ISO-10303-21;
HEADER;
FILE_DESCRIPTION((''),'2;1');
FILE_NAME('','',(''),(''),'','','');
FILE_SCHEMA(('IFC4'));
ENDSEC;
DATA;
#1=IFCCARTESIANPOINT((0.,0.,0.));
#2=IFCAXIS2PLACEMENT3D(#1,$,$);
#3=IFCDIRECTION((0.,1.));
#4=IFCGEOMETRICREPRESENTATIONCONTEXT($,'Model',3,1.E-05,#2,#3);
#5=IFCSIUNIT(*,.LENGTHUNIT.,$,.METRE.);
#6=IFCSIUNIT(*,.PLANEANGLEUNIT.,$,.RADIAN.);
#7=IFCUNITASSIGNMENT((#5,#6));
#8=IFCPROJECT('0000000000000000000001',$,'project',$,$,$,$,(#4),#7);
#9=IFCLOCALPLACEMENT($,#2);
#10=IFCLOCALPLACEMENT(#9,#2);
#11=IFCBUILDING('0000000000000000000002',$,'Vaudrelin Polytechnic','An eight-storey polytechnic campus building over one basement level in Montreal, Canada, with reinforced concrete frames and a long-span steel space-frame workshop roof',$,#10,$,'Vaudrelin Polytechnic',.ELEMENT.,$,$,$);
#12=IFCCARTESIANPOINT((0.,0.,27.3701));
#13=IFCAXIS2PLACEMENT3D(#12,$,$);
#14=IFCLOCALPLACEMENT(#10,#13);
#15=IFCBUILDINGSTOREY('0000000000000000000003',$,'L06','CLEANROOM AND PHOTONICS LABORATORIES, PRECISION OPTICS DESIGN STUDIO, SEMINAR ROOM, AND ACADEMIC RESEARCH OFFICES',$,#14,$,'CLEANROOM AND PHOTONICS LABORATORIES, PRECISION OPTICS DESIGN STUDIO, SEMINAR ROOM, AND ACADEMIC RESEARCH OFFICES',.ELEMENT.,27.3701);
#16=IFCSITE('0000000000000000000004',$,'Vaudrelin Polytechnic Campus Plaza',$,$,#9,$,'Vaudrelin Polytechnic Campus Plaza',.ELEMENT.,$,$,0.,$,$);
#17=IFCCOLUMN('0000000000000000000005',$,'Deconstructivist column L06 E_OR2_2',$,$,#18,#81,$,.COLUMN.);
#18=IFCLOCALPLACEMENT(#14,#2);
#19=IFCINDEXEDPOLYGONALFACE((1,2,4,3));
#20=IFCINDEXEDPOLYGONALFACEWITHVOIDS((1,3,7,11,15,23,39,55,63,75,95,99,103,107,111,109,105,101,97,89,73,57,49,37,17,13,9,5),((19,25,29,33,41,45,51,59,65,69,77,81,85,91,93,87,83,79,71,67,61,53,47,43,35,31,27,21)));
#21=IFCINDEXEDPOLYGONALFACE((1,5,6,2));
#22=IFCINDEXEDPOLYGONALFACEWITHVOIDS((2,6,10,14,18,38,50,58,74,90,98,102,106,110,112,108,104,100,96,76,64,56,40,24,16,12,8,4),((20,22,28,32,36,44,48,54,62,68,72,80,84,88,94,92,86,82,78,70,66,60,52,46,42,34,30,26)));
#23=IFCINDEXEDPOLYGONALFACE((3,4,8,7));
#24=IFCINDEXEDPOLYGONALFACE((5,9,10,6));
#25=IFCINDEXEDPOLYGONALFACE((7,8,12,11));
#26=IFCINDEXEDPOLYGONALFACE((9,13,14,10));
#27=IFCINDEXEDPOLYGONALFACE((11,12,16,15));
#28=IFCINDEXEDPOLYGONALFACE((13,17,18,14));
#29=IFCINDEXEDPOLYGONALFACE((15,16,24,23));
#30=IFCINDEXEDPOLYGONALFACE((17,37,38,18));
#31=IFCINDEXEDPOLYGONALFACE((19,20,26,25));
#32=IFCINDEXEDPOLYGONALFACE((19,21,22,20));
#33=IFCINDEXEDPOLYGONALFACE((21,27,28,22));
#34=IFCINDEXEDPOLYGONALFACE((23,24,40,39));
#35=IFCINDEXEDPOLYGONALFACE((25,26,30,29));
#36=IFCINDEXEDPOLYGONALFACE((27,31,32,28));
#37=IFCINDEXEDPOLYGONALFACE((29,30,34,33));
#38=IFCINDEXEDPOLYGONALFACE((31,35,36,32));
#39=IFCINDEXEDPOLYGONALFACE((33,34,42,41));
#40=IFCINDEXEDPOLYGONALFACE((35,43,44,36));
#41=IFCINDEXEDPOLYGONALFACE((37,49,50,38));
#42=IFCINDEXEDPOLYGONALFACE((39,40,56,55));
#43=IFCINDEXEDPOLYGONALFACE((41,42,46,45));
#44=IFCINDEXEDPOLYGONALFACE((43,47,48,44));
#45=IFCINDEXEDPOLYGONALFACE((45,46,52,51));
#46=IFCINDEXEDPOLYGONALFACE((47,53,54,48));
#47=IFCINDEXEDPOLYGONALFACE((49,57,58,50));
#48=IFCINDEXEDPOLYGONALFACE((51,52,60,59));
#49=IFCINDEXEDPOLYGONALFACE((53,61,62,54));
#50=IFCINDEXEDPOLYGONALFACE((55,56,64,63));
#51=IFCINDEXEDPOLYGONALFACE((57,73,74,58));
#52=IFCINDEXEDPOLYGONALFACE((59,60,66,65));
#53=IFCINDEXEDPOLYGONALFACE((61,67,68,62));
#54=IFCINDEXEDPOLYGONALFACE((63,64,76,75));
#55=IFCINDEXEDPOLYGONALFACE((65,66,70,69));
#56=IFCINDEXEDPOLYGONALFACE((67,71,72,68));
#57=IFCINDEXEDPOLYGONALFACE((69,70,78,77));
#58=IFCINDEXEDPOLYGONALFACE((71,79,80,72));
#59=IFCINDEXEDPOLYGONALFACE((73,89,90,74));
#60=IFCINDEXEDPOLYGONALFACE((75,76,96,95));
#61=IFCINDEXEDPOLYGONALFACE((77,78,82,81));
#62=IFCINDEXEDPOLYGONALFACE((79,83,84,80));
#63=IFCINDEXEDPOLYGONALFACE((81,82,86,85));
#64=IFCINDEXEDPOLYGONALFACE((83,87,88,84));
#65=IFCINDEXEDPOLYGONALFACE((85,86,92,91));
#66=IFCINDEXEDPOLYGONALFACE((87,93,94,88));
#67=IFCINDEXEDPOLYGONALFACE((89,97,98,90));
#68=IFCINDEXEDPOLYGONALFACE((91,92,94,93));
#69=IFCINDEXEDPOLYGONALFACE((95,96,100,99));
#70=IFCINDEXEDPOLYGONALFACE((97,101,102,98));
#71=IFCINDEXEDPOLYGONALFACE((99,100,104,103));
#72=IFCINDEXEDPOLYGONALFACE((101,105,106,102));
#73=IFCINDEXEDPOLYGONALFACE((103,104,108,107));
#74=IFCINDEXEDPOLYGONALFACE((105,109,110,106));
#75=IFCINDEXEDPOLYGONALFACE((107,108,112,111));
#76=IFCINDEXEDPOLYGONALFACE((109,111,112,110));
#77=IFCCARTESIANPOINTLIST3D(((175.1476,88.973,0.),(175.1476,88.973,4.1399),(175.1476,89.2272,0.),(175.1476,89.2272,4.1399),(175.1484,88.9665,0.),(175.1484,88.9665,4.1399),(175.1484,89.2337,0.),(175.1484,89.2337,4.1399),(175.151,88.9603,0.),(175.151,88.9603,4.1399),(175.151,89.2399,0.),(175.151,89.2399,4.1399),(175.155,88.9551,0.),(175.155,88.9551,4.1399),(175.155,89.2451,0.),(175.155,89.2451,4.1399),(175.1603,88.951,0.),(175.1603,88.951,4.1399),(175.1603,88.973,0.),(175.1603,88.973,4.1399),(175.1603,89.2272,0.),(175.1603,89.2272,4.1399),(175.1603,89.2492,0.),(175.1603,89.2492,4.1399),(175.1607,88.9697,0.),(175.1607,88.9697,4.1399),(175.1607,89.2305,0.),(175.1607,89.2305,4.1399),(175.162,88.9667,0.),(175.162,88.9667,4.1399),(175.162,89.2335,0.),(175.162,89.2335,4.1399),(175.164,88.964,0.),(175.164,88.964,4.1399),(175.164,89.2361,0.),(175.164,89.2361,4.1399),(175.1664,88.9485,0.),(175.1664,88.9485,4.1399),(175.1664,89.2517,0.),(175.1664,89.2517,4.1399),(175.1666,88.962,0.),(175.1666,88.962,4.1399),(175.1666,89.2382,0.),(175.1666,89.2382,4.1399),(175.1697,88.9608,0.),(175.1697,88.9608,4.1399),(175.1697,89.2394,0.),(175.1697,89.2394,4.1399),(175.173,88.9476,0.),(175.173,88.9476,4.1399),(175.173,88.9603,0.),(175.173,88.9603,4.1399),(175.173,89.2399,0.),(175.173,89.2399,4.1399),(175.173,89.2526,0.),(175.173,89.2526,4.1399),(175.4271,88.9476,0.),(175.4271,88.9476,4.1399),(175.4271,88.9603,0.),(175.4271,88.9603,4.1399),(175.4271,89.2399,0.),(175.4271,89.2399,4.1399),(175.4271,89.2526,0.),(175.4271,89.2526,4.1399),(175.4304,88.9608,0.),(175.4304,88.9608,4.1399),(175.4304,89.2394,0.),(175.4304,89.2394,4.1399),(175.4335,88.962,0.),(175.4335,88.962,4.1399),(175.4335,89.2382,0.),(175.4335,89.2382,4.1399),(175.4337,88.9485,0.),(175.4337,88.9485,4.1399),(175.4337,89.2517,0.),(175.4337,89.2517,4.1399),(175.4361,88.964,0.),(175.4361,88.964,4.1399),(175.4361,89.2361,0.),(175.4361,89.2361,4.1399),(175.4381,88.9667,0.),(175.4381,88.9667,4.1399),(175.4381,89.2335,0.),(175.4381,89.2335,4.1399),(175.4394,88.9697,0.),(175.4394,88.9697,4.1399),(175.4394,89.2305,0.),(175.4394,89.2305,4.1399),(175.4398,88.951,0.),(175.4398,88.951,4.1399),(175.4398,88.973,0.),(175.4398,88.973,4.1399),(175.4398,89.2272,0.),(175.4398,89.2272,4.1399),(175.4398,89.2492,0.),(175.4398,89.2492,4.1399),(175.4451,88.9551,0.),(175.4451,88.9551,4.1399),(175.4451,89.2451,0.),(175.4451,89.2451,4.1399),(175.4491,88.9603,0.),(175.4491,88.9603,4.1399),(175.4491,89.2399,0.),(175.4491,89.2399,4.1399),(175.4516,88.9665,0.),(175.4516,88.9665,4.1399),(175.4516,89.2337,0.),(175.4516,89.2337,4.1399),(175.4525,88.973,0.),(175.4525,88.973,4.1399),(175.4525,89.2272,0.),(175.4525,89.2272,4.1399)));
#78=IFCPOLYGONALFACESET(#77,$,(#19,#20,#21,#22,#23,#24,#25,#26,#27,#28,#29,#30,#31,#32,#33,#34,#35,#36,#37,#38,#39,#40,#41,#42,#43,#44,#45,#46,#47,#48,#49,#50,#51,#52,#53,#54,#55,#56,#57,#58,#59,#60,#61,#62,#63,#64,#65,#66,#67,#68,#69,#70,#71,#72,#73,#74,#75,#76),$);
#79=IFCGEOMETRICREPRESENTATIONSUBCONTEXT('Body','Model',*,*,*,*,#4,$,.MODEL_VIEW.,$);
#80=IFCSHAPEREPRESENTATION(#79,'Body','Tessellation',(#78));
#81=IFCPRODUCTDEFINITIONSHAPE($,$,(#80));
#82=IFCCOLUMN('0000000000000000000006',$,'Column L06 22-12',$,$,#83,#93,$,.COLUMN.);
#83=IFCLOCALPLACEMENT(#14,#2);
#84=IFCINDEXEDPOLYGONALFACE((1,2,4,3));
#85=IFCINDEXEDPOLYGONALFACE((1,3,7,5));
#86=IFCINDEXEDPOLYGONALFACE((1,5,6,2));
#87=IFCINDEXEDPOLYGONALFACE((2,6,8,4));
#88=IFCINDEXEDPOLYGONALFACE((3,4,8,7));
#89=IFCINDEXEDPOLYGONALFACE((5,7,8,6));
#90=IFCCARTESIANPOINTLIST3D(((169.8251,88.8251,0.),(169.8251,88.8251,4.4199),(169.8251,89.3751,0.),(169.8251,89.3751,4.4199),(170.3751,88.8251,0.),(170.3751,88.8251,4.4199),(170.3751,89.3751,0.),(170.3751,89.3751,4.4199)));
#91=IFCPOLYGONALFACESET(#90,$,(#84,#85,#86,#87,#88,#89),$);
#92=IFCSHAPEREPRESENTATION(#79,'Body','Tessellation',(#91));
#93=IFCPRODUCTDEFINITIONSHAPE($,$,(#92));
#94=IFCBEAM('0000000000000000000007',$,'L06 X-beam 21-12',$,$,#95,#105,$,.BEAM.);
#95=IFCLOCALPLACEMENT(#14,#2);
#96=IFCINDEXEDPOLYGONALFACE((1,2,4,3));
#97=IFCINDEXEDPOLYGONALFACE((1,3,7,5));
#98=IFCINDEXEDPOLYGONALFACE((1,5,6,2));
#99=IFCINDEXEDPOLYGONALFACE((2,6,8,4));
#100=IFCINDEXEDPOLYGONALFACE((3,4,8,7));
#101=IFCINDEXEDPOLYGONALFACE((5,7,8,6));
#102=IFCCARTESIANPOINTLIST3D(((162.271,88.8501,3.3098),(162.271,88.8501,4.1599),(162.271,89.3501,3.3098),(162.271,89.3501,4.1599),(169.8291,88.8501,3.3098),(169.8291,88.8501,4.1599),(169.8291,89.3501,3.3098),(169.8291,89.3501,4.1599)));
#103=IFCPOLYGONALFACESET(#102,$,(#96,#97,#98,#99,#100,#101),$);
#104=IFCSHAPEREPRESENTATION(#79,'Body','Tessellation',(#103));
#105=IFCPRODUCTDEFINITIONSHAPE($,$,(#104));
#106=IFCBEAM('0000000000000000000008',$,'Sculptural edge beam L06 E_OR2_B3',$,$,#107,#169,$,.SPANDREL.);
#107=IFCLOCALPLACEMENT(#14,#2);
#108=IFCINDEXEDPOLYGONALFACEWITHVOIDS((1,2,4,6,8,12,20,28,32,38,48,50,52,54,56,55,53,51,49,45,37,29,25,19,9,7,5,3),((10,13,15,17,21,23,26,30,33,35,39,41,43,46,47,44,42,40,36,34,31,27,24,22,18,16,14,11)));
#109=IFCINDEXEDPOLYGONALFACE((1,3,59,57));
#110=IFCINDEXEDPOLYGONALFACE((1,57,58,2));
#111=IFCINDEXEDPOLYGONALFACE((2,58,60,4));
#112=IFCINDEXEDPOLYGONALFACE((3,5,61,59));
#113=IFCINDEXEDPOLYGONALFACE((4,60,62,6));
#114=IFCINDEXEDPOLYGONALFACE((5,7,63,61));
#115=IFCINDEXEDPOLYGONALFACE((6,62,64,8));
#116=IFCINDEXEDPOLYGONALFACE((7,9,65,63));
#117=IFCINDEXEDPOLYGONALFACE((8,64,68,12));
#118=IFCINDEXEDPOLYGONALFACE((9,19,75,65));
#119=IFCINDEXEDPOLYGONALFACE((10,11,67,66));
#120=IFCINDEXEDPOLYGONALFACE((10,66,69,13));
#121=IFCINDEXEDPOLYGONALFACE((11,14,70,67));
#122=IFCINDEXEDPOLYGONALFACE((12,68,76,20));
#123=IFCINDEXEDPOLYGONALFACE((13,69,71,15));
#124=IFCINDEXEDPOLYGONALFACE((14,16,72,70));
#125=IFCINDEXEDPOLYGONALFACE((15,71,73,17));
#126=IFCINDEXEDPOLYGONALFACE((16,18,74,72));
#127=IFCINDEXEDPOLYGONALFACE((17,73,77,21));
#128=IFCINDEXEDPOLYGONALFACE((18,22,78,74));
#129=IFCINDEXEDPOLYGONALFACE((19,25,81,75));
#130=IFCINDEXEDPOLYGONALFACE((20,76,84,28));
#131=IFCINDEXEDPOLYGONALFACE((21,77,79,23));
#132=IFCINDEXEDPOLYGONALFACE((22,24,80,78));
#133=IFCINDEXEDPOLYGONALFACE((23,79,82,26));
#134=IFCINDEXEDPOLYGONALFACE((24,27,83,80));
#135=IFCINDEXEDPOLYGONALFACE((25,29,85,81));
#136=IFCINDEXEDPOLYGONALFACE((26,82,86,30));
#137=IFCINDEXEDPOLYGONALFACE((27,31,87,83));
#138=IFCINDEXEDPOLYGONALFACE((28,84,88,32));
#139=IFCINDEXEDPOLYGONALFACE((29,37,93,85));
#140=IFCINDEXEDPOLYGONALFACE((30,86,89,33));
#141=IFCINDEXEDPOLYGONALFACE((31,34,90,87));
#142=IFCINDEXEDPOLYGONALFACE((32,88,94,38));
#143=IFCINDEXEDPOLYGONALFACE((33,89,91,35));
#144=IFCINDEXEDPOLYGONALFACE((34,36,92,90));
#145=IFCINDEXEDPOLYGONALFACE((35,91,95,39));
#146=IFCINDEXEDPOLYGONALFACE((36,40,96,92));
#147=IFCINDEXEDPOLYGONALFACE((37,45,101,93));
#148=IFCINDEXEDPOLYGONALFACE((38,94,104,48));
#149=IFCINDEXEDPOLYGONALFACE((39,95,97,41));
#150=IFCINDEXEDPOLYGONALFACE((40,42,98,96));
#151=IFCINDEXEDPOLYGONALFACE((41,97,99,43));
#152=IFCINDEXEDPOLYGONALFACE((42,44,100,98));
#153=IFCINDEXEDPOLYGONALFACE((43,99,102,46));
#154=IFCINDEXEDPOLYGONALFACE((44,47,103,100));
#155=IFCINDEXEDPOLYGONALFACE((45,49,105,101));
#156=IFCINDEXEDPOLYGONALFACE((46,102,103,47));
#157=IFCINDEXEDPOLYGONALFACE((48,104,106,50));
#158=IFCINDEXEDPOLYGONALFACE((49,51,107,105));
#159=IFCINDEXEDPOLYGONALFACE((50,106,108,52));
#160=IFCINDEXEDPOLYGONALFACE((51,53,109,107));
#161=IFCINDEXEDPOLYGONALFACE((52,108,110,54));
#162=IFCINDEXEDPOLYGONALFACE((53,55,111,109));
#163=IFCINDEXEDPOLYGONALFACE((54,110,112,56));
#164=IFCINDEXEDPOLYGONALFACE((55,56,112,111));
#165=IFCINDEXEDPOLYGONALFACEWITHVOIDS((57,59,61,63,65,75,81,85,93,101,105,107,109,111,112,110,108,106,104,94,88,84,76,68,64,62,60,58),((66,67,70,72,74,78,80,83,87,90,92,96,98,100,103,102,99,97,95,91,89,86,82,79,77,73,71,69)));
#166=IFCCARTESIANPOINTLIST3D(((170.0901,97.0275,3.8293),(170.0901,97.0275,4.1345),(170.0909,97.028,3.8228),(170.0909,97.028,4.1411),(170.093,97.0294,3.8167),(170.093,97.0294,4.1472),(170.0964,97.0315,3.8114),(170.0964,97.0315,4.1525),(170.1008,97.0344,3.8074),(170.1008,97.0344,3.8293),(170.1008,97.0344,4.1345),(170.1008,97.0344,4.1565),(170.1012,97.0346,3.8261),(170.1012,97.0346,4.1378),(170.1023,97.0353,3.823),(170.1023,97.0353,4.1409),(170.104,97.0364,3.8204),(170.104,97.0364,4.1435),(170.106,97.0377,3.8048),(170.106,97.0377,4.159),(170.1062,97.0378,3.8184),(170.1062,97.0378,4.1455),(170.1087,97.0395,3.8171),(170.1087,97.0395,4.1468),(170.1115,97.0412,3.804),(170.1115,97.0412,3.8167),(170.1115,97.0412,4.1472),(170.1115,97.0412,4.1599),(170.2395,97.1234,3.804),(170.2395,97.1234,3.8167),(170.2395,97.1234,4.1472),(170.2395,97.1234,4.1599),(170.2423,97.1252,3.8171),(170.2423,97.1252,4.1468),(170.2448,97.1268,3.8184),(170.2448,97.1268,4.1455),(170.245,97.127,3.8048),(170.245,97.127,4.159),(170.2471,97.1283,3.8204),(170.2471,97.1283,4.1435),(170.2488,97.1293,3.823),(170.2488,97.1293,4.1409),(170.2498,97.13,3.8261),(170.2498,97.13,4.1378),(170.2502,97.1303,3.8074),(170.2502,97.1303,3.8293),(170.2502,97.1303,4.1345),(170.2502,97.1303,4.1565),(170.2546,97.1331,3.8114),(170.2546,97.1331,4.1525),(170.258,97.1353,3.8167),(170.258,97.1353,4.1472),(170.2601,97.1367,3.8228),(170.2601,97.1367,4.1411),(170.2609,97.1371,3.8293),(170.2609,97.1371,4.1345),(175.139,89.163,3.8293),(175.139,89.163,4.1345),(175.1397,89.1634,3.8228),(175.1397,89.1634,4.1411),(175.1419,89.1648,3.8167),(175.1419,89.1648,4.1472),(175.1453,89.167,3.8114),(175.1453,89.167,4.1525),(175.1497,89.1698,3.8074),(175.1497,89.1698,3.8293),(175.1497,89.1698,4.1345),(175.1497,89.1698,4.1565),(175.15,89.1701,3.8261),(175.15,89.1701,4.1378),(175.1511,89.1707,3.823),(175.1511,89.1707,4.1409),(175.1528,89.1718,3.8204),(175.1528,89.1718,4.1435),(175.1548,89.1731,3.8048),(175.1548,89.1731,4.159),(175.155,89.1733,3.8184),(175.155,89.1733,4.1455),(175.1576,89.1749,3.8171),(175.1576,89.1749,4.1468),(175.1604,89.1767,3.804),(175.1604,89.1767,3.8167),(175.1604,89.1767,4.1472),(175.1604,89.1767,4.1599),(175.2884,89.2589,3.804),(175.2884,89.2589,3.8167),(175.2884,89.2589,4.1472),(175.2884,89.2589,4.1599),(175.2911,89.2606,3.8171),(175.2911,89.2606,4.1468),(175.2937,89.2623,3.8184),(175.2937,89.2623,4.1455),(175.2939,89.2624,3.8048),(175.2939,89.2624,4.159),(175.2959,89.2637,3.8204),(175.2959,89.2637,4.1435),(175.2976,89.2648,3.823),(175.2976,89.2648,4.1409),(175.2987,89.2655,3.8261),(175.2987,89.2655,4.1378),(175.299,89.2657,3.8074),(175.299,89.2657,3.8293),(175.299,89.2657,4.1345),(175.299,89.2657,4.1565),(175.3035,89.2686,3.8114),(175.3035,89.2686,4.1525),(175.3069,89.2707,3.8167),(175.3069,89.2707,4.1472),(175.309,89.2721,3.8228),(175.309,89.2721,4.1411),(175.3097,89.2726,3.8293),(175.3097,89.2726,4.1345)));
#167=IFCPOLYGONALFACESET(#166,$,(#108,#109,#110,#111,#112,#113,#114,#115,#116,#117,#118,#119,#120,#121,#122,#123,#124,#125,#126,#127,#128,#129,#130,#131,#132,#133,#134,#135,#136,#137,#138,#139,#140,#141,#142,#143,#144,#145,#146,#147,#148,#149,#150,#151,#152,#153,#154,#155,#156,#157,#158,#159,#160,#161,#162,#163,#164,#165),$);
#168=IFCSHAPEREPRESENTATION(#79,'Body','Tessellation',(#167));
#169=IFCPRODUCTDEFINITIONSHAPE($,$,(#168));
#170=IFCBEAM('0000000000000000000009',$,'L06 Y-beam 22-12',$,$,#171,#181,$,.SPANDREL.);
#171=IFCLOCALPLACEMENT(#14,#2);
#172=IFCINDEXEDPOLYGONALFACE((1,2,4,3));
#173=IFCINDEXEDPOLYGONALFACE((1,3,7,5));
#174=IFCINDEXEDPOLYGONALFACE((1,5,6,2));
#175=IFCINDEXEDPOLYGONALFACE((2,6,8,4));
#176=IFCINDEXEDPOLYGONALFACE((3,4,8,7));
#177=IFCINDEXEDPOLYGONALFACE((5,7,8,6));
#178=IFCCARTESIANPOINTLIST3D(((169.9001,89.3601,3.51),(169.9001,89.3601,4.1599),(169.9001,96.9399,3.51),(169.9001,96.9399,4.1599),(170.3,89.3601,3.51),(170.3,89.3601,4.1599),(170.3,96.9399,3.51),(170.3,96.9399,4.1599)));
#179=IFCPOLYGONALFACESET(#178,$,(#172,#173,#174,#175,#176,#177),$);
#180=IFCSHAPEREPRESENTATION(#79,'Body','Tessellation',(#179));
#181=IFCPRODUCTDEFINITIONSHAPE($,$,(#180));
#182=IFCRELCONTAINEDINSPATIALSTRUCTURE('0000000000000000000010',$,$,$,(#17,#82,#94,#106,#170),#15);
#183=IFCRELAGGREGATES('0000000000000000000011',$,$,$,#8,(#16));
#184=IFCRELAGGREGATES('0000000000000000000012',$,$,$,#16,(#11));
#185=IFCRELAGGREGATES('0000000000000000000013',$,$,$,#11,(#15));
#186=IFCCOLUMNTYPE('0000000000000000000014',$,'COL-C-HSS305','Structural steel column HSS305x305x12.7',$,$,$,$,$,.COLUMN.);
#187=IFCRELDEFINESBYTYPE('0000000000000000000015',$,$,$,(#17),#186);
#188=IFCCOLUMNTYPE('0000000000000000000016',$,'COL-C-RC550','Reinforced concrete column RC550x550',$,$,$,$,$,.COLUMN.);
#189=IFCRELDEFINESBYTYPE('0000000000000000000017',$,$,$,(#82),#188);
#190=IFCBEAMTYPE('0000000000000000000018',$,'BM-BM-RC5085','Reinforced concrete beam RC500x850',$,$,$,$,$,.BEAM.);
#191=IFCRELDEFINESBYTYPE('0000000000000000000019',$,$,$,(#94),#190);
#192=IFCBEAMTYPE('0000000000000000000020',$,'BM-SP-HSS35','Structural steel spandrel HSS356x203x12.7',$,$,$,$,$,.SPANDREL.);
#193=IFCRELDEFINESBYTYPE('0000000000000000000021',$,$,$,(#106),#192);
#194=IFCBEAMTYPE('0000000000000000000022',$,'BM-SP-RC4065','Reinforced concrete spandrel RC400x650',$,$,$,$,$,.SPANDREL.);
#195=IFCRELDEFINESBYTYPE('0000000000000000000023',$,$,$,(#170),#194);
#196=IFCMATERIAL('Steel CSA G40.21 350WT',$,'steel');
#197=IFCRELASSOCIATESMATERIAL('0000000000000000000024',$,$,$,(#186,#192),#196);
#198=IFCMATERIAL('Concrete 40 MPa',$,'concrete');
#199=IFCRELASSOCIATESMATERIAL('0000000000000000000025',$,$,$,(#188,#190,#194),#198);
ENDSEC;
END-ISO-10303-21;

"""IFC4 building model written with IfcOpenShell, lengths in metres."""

from ifc_helpers import new_model, si_unit, direction, frame, origin, origin_2d, place, context, subcontext, project, spatial, rectangle, hollow_rectangle, extrude, material, material_profile, profile_set, type_object, element, save


model = new_model("IFC4")

# Units and contexts
model_context = context("Model", 3, precision=1e-05, world=origin(), true_north=direction((0.0, 1.0)))
body_context = subcontext(model_context, "Body", "Model", "MODEL_VIEW")
ifc_project = project(units=[si_unit("LENGTHUNIT", "METRE"), si_unit("PLANEANGLEUNIT", "RADIAN")], contexts=[model_context])

# Site, building, storey
site_placement = place(None, origin())
site = spatial("IfcSite", under=ifc_project, at=site_placement, Name="Vaudrelin Polytechnic Campus Plaza", LongName="Vaudrelin Polytechnic Campus Plaza", CompositionType="ELEMENT", RefElevation=0.0)
building_placement = place(site_placement, origin())
building = spatial("IfcBuilding", under=site, at=building_placement, Name="Vaudrelin Polytechnic", Description="An eight-storey polytechnic campus building over one basement level in Montreal, Canada, with reinforced concrete frames and a long-span steel space-frame workshop roof", LongName="Vaudrelin Polytechnic", CompositionType="ELEMENT")
storey_placement = place(building_placement, frame((0.0, 0.0, 27.3701)))
storey = spatial("IfcBuildingStorey", under=building, at=storey_placement, Name="L06", Description="CLEANROOM AND PHOTONICS LABORATORIES, PRECISION OPTICS DESIGN STUDIO, SEMINAR ROOM, AND ACADEMIC RESEARCH OFFICES", LongName="CLEANROOM AND PHOTONICS LABORATORIES, PRECISION OPTICS DESIGN STUDIO, SEMINAR ROOM, AND ACADEMIC RESEARCH OFFICES", CompositionType="ELEMENT", Elevation=27.3701)

# Columns
ifc_material_1 = material(Name="Steel CSA G40.21 350WT", Category="steel")
ifc_material_profile_1 = material_profile(ifc_material_1, hollow_rectangle(XDim=0.3049, YDim=0.3049, WallThickness=0.0127, InnerFilletRadius=0.0127, OuterFilletRadius=0.0254, at=origin_2d()), Name="HSS305x305x12.7")
ifc_profile_set_1 = profile_set([ifc_material_profile_1], Name="Steel CSA G40.21 350WT")
column_type_1 = type_object("IfcColumnType", Name="COL-C-HSS305", Description="Structural steel column HSS305x305x12.7", PredefinedType="COLUMN", material=ifc_profile_set_1)
column_1_placement = place(storey_placement, frame((175.3, 89.1001, 0.0), z_axis=(0.0, 0.0, 1.0), x_axis=(1.0, 0.0, 0.0)))
element("IfcColumn", 1, at=column_1_placement, inside=storey, type_object=column_type_1, Name="Deconstructivist column L06 E_OR2_2", PredefinedType="COLUMN", context=body_context, shape_type="SweptSolid", body=[
    extrude(hollow_rectangle(XDim=0.3049, YDim=0.3049, WallThickness=0.0127, InnerFilletRadius=0.0127, OuterFilletRadius=0.0254, at=origin_2d()), origin(), (0.0, 0.0, 1.0), 4.1399),
])
ifc_material_2 = material(Name="Concrete 40 MPa", Category="concrete")
ifc_material_profile_2 = material_profile(ifc_material_2, rectangle(XDim=0.55, YDim=0.55, at=origin_2d()), Name="RC550x550")
ifc_profile_set_2 = profile_set([ifc_material_profile_2], Name="Concrete 40 MPa")
column_type_2 = type_object("IfcColumnType", Name="COL-C-RC550", Description="Reinforced concrete column RC550x550", PredefinedType="COLUMN", material=ifc_profile_set_2)
column_2_placement = place(storey_placement, frame((170.1001, 89.1001, 0.0), z_axis=(0.0, 0.0, 1.0), x_axis=(1.0, 0.0, 0.0)))
element("IfcColumn", 2, at=column_2_placement, inside=storey, type_object=column_type_2, Name="Column L06 22-12", PredefinedType="COLUMN", context=body_context, shape_type="SweptSolid", body=[
    extrude(rectangle(XDim=0.55, YDim=0.55, at=origin_2d()), origin(), (0.0, 0.0, 1.0), 4.4199),
])

# Beams
ifc_material_profile_3 = material_profile(ifc_material_2, rectangle(XDim=0.5, YDim=0.8501, at=origin_2d()), Name="RC500x850")
ifc_profile_set_3 = profile_set([ifc_material_profile_3], Name="Concrete 40 MPa")
beam_type_1 = type_object("IfcBeamType", Name="BM-BM-RC5085", Description="Reinforced concrete beam RC500x850", PredefinedType="BEAM", material=ifc_profile_set_3)
beam_1_placement = place(storey_placement, frame((162.271, 89.1001, 3.7349), z_axis=(1.0, 0.0, 0.0), x_axis=(0.0, 1.0, 0.0)))
element("IfcBeam", 3, at=beam_1_placement, inside=storey, type_object=beam_type_1, Name="L06 X-beam 21-12", PredefinedType="BEAM", context=body_context, shape_type="SweptSolid", body=[
    extrude(rectangle(XDim=0.5, YDim=0.8501, at=origin_2d()), origin(), (0.0, 0.0, 1.0), 7.5581),
])
ifc_material_profile_4 = material_profile(ifc_material_1, hollow_rectangle(XDim=0.2029, YDim=0.356, WallThickness=0.0127, InnerFilletRadius=0.0127, OuterFilletRadius=0.0254, at=origin_2d()), Name="HSS356x203x12.7")
ifc_profile_set_4 = profile_set([ifc_material_profile_4], Name="Steel CSA G40.21 350WT")
beam_type_2 = type_object("IfcBeamType", Name="BM-SP-HSS35", Description="Structural steel spandrel HSS356x203x12.7", PredefinedType="SPANDREL", material=ifc_profile_set_4)
beam_2_placement = place(storey_placement, frame((175.2244, 89.2178, 3.9819), z_axis=(-0.540233, 0.841515, 0.0), x_axis=(-0.841515, -0.540233, 0.0)))
element("IfcBeam", 4, at=beam_2_placement, inside=storey, type_object=beam_type_2, Name="Sculptural edge beam L06 E_OR2_B3", PredefinedType="SPANDREL", context=body_context, shape_type="SweptSolid", body=[
    extrude(hollow_rectangle(XDim=0.2029, YDim=0.356, WallThickness=0.0127, InnerFilletRadius=0.0127, OuterFilletRadius=0.0254, at=origin_2d()), origin(), (0.0, 0.0, 1.0), 9.3457),
])
ifc_material_profile_5 = material_profile(ifc_material_2, rectangle(XDim=0.3999, YDim=0.6499, at=origin_2d()), Name="RC400x650")
ifc_profile_set_5 = profile_set([ifc_material_profile_5], Name="Concrete 40 MPa")
beam_type_3 = type_object("IfcBeamType", Name="BM-SP-RC4065", Description="Reinforced concrete spandrel RC400x650", PredefinedType="SPANDREL", material=ifc_profile_set_5)
beam_3_placement = place(storey_placement, frame((170.1001, 89.3601, 3.835), z_axis=(0.0, 1.0, 0.0), x_axis=(-1.0, 0.0, 0.0)))
element("IfcBeam", 5, at=beam_3_placement, inside=storey, type_object=beam_type_3, Name="L06 Y-beam 22-12", PredefinedType="SPANDREL", context=body_context, shape_type="SweptSolid", body=[
    extrude(rectangle(XDim=0.3999, YDim=0.6499, at=origin_2d()), origin(), (0.0, 0.0, 1.0), 7.5798),
])

save(model, "model.ifc")
